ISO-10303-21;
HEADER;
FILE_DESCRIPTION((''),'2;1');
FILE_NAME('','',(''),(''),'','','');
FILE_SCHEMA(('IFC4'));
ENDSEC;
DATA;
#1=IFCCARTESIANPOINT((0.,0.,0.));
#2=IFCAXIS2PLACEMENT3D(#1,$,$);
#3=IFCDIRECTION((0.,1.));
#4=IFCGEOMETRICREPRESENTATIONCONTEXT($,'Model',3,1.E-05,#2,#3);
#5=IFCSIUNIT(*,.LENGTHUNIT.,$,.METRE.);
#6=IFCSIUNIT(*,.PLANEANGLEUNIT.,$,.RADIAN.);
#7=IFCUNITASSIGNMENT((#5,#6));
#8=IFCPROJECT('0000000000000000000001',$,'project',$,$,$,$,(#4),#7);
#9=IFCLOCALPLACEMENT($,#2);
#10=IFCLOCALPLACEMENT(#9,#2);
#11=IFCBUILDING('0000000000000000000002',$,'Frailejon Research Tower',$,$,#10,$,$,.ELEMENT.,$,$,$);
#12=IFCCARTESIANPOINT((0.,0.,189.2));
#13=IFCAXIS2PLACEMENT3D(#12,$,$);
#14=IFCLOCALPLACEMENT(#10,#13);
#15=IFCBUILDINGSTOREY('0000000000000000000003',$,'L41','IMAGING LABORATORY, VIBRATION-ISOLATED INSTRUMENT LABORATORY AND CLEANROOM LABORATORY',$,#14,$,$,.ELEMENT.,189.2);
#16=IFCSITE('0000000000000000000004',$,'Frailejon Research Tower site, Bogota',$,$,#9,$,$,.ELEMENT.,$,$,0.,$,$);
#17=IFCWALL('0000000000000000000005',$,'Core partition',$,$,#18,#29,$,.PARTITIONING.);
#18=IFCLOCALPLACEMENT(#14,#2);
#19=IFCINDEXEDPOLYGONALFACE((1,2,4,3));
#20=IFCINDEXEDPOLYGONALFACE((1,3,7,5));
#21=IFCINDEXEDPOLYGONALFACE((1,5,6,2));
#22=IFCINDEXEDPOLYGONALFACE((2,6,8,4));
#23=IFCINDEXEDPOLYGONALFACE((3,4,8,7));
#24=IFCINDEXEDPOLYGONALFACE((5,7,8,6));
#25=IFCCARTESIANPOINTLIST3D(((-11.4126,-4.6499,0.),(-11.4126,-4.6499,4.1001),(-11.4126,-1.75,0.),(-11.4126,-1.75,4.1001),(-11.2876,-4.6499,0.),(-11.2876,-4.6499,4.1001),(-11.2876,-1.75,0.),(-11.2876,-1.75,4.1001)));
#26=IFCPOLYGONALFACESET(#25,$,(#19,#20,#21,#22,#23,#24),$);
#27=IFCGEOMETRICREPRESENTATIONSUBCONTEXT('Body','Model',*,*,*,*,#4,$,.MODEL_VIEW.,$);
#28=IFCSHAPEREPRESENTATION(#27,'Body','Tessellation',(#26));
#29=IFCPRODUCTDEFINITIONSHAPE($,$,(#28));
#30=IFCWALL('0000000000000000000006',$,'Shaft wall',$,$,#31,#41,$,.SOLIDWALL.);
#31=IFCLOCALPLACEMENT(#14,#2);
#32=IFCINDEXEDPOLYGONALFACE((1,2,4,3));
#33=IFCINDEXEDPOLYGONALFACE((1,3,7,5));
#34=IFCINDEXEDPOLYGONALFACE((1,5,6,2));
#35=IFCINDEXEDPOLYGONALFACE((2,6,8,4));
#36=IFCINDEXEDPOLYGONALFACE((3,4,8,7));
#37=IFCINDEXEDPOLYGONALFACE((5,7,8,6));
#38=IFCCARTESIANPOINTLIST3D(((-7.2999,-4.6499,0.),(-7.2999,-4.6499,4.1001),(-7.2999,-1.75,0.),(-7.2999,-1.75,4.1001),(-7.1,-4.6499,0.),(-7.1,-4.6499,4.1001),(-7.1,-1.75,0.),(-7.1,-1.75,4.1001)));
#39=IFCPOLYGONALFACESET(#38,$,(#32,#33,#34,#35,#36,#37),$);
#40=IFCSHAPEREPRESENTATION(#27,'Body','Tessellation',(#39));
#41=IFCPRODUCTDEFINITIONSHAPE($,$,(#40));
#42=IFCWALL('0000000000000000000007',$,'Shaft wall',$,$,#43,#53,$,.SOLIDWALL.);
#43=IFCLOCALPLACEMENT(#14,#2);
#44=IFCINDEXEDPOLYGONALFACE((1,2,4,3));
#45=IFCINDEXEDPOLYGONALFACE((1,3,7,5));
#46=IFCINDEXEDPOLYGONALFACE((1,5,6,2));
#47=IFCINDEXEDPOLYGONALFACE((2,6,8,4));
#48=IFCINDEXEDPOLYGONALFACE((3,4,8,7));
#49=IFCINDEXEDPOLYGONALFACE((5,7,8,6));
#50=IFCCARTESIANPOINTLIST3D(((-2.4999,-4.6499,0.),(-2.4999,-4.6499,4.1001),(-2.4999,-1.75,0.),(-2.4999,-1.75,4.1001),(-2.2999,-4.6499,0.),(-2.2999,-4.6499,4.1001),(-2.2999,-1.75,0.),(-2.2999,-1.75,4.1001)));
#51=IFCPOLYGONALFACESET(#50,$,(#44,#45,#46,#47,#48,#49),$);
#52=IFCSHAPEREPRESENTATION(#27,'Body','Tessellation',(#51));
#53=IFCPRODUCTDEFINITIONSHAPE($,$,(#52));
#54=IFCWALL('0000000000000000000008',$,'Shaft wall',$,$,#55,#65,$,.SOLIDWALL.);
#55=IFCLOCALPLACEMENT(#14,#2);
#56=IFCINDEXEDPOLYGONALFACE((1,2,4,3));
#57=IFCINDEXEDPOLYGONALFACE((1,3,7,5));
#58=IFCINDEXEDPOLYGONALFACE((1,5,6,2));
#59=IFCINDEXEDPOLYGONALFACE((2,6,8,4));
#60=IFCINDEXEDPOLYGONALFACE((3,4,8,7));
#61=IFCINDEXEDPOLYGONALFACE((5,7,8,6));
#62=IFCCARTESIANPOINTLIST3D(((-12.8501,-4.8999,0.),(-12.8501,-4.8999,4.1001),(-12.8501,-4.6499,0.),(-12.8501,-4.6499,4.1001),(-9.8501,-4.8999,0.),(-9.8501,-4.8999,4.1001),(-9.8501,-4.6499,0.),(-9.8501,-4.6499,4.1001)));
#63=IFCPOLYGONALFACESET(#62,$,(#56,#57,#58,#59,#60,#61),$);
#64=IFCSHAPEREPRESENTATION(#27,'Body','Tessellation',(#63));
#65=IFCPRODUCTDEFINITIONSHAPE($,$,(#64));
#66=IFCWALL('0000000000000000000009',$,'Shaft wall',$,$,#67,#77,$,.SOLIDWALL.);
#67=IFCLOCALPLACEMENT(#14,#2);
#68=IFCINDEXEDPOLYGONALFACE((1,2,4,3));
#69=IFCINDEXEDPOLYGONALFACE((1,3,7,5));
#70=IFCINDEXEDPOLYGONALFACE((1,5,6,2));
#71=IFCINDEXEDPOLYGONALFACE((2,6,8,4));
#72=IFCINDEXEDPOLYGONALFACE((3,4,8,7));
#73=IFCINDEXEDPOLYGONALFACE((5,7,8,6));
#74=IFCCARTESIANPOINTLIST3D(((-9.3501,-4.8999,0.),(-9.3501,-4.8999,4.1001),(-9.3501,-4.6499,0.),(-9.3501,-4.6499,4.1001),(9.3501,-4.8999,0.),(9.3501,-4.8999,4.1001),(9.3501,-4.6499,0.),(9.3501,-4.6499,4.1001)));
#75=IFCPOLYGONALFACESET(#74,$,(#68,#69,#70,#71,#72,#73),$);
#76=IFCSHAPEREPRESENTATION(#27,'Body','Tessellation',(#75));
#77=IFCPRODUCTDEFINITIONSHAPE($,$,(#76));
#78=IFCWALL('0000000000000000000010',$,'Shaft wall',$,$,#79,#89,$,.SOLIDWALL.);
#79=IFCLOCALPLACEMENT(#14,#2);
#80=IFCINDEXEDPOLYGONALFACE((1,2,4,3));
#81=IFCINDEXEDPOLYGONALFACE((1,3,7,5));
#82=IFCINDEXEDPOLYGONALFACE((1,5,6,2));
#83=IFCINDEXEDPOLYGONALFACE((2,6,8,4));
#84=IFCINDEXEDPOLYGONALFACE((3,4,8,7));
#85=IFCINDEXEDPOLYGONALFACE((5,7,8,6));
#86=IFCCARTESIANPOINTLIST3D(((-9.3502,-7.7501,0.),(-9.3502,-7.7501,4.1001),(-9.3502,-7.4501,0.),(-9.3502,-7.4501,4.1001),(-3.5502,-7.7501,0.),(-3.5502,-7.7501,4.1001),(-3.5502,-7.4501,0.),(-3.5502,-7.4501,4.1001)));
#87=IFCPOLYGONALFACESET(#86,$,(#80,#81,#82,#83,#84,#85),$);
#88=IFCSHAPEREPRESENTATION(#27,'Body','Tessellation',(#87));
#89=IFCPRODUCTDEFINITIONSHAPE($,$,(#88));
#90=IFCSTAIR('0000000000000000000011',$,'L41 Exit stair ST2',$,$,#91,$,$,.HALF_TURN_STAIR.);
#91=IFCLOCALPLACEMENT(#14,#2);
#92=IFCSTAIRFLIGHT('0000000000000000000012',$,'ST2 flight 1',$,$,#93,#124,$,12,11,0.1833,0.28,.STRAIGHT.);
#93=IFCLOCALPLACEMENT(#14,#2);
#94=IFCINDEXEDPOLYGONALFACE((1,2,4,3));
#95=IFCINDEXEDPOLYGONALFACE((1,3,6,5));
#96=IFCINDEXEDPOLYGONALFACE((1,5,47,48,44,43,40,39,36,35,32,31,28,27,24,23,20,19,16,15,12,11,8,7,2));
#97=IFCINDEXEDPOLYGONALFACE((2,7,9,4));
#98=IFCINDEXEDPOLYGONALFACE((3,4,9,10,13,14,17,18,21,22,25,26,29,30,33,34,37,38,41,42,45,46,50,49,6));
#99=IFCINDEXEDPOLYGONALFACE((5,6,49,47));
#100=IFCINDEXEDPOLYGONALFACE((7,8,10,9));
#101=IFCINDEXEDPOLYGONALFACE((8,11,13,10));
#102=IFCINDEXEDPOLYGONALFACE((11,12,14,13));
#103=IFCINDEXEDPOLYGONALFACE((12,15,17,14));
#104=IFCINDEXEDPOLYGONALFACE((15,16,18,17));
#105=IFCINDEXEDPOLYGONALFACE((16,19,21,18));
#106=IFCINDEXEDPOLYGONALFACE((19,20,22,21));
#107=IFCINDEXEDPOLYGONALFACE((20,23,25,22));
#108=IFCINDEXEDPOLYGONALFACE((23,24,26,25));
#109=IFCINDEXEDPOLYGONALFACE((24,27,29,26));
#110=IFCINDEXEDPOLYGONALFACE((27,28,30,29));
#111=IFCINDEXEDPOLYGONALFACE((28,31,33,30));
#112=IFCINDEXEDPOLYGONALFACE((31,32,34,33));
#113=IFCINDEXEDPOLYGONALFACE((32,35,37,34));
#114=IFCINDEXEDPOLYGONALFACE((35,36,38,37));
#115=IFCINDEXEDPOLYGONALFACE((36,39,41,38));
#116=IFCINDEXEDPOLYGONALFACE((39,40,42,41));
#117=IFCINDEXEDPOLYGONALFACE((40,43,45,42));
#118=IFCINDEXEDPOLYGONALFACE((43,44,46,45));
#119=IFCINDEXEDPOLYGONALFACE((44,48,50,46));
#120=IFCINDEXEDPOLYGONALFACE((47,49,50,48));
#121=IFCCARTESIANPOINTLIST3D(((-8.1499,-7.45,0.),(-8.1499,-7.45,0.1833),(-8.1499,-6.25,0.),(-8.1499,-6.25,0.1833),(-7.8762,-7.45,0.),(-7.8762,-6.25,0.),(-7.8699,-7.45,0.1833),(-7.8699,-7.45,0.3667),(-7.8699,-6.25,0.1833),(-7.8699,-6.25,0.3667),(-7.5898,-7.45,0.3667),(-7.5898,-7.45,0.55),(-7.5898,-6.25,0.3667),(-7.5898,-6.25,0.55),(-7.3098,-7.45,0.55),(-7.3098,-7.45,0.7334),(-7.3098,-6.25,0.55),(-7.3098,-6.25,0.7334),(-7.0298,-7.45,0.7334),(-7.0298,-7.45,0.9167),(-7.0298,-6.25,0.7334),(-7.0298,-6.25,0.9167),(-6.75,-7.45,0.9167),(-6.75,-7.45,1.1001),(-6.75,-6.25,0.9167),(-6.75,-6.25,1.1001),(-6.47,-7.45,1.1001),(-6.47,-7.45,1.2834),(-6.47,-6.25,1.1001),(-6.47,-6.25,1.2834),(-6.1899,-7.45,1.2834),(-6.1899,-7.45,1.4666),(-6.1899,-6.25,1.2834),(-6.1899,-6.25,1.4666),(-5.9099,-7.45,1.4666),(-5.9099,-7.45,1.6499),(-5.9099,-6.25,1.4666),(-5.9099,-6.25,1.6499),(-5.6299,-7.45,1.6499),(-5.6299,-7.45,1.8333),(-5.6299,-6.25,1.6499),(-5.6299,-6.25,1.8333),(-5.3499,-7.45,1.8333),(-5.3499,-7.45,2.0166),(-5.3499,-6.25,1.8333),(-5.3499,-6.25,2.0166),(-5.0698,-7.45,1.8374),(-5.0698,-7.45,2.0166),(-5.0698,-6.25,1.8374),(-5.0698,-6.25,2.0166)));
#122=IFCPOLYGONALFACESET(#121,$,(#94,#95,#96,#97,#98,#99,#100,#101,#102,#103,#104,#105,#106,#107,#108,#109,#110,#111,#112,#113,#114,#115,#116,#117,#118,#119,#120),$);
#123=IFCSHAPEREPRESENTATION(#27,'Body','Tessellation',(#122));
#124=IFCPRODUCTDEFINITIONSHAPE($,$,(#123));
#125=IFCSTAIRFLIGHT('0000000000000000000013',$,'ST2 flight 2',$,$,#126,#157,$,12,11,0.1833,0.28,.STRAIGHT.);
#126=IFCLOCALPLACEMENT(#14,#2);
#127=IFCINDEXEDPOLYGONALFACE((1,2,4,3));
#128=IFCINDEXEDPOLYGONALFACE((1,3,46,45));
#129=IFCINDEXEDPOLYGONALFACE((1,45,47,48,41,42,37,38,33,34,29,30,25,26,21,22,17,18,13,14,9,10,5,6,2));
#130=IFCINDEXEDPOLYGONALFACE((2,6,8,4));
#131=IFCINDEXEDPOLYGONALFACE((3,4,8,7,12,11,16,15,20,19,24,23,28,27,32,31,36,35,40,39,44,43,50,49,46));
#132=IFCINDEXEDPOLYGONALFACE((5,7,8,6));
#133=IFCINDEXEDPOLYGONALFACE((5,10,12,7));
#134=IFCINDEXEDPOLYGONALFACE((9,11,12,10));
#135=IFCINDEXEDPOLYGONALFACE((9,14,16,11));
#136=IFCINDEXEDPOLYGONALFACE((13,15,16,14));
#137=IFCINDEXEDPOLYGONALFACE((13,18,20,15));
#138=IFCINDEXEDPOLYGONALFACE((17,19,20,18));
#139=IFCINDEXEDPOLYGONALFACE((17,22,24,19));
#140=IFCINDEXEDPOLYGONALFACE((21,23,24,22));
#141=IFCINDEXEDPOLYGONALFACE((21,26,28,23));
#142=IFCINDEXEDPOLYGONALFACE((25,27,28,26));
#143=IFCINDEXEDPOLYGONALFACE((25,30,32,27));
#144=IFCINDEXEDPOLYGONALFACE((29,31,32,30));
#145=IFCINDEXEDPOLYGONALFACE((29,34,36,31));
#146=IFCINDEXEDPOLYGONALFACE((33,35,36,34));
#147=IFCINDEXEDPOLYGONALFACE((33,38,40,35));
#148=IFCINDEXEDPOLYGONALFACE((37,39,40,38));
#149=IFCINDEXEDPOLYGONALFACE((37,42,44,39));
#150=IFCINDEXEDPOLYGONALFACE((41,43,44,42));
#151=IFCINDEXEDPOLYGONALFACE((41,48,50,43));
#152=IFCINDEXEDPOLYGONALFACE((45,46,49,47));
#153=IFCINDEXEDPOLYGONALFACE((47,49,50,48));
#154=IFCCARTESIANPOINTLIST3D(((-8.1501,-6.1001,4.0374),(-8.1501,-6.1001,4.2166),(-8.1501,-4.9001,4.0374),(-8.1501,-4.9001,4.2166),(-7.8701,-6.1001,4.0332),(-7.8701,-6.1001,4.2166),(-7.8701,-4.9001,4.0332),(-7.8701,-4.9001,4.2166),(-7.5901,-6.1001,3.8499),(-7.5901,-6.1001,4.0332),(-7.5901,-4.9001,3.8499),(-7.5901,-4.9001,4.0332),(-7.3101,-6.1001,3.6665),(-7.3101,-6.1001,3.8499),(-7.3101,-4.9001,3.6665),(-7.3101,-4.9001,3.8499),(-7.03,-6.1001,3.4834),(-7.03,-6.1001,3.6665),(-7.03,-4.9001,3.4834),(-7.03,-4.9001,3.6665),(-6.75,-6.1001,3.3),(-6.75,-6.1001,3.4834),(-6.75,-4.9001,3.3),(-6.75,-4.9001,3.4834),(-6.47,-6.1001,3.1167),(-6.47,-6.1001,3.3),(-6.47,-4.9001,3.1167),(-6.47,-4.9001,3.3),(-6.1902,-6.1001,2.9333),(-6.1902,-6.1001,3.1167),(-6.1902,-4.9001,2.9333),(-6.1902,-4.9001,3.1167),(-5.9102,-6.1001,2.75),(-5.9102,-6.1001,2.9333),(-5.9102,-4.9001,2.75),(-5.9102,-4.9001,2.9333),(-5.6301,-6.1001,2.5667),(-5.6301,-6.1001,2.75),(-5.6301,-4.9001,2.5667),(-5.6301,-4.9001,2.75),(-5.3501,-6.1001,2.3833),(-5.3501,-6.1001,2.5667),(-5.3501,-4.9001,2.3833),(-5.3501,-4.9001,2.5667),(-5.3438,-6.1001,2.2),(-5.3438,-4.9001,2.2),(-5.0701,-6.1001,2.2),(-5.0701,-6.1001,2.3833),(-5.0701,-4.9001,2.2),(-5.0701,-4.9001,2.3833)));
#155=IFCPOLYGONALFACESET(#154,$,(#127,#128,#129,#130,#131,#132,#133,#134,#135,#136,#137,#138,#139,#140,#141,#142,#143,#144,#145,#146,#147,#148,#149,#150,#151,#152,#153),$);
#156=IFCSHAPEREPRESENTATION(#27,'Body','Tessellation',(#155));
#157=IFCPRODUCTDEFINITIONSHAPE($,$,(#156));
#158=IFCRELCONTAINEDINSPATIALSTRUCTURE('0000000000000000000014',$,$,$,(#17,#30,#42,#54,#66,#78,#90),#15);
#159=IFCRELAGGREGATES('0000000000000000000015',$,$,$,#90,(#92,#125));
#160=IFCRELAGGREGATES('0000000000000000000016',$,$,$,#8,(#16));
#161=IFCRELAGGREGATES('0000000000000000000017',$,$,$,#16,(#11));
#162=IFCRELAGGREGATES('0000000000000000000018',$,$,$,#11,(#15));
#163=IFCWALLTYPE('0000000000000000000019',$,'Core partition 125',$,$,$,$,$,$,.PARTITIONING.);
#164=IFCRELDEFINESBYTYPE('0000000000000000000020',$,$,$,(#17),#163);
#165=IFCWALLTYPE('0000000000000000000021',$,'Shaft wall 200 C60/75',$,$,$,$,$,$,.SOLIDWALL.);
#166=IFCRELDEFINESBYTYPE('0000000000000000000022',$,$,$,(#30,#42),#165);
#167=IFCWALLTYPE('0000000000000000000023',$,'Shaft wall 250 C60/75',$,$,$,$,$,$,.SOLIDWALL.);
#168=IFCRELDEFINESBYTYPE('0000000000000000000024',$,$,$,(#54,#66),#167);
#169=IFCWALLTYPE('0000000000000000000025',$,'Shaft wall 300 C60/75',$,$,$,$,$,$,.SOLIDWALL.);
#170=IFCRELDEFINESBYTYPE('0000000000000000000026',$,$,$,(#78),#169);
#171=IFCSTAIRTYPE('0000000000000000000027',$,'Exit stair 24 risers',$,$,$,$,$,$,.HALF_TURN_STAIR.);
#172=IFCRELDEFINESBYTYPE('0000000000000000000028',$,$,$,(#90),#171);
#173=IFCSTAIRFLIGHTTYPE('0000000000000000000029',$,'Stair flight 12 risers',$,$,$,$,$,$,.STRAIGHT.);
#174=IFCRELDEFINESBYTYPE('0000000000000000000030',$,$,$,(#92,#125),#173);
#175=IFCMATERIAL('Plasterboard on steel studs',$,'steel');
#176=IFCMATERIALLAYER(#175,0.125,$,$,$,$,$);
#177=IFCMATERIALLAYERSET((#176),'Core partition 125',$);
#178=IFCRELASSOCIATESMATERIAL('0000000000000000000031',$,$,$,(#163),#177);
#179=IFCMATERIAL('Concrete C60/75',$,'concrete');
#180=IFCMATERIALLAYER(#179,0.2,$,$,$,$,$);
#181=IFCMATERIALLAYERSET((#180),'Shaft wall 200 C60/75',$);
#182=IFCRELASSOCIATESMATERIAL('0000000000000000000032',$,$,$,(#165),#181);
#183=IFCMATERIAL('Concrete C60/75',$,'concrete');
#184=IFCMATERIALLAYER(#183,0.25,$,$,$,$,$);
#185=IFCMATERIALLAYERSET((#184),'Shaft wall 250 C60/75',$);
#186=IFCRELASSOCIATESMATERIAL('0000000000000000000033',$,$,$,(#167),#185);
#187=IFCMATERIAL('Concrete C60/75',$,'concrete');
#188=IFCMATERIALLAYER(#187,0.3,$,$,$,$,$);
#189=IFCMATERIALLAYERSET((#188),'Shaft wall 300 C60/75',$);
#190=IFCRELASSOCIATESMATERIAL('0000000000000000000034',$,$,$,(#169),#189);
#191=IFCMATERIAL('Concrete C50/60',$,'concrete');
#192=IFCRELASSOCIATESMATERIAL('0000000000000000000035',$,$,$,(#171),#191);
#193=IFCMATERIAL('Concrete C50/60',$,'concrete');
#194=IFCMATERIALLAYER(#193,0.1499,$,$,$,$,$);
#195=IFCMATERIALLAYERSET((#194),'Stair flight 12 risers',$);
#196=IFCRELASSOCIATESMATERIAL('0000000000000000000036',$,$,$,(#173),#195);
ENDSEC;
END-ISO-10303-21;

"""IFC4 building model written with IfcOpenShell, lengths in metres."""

from ifc_helpers import new_model, si_unit, direction, frame, frame_2d, origin, place, context, subcontext, project, spatial, polyline, rectangle, outline, extrude, material, layer, layer_set, type_object, element, aggregate, save


model = new_model("IFC4")

# Units and contexts
model_context = context("Model", 3, precision=1e-05, world=origin(), true_north=direction((0.0, 1.0)))
body_context = subcontext(model_context, "Body", "Model", "MODEL_VIEW")
ifc_project = project(units=[si_unit("LENGTHUNIT", "METRE"), si_unit("PLANEANGLEUNIT", "RADIAN")], contexts=[model_context])

# Site, building, storey
site_placement = place(None, origin())
site = spatial("IfcSite", under=ifc_project, at=site_placement, Name="Frailejon Research Tower site, Bogota", CompositionType="ELEMENT", RefElevation=0.0)
building_placement = place(site_placement, origin())
building = spatial("IfcBuilding", under=site, at=building_placement, Name="Frailejon Research Tower", CompositionType="ELEMENT")
storey_placement = place(building_placement, frame((0.0, 0.0, 189.2)))
storey = spatial("IfcBuildingStorey", under=building, at=storey_placement, Name="L41", Description="IMAGING LABORATORY, VIBRATION-ISOLATED INSTRUMENT LABORATORY AND CLEANROOM LABORATORY", CompositionType="ELEMENT", Elevation=189.2)

# Walls
ifc_material_1 = material(Name="Plasterboard on steel studs", Category="steel")
ifc_layer_1 = layer(ifc_material_1, 0.125)
ifc_layer_set_1 = layer_set([ifc_layer_1], Name="Core partition 125")
wall_type_1 = type_object("IfcWallType", Name="Core partition 125", PredefinedType="PARTITIONING", material=ifc_layer_set_1)
wall_1_placement = place(storey_placement, frame((-11.3501, -4.6499, 0.0), z_axis=(0.0, 0.0, 1.0), x_axis=(0.0, 1.0, 0.0)))
element("IfcWall", 1, at=wall_1_placement, inside=storey, type_object=wall_type_1, Name="Core partition", PredefinedType="PARTITIONING", context=body_context, shape_type="SweptSolid", body=[
    extrude(rectangle(XDim=2.8999, YDim=0.125, at=frame_2d((1.45, 0.0))), origin(), (0.0, 0.0, 1.0), 4.1001),
])
ifc_material_2 = material(Name="Concrete C60/75", Category="concrete")
ifc_layer_2 = layer(ifc_material_2, 0.2)
ifc_layer_set_2 = layer_set([ifc_layer_2], Name="Shaft wall 200 C60/75")
wall_type_2 = type_object("IfcWallType", Name="Shaft wall 200 C60/75", PredefinedType="SOLIDWALL", material=ifc_layer_set_2)
for number, where, z_axis, x_axis, name in (
    (2, (-7.2, -4.6499, 0.0), (0.0, 0.0, 1.0), (0.0, 1.0, 0.0), "Shaft wall"),
    (3, (-2.3999, -4.6499, 0.0), (0.0, 0.0, 1.0), (0.0, 1.0, 0.0), "Shaft wall"),
):
    element("IfcWall", number, at=place(storey_placement, frame(where, z_axis=z_axis, x_axis=x_axis)), inside=storey, type_object=wall_type_2, Name=name, PredefinedType="SOLIDWALL", context=body_context, shape_type="SweptSolid", body=[
        extrude(rectangle(XDim=2.8999, YDim=0.2, at=frame_2d((1.45, 0.0))), origin(), (0.0, 0.0, 1.0), 4.1001),
    ])
ifc_material_3 = material(Name="Concrete C60/75", Category="concrete")
ifc_layer_3 = layer(ifc_material_3, 0.25)
ifc_layer_set_3 = layer_set([ifc_layer_3], Name="Shaft wall 250 C60/75")
wall_type_3 = type_object("IfcWallType", Name="Shaft wall 250 C60/75", PredefinedType="SOLIDWALL", material=ifc_layer_set_3)
wall_2_placement = place(storey_placement, frame((-12.8501, -4.7749, 0.0), z_axis=(0.0, 0.0, 1.0), x_axis=(1.0, 0.0, 0.0)))
element("IfcWall", 4, at=wall_2_placement, inside=storey, type_object=wall_type_3, Name="Shaft wall", PredefinedType="SOLIDWALL", context=body_context, shape_type="SweptSolid", body=[
    extrude(rectangle(XDim=3.0, YDim=0.25, at=frame_2d((1.5, 0.0))), origin(), (0.0, 0.0, 1.0), 4.1001),
])
wall_3_placement = place(storey_placement, frame((-9.3501, -4.7749, 0.0), z_axis=(0.0, 0.0, 1.0), x_axis=(1.0, 0.0, 0.0)))
element("IfcWall", 5, at=wall_3_placement, inside=storey, type_object=wall_type_3, Name="Shaft wall", PredefinedType="SOLIDWALL", context=body_context, shape_type="SweptSolid", body=[
    extrude(rectangle(XDim=18.7002, YDim=0.25, at=frame_2d((9.3501, 0.0))), origin(), (0.0, 0.0, 1.0), 4.1001),
])
ifc_material_4 = material(Name="Concrete C60/75", Category="concrete")
ifc_layer_4 = layer(ifc_material_4, 0.3)
ifc_layer_set_4 = layer_set([ifc_layer_4], Name="Shaft wall 300 C60/75")
wall_type_4 = type_object("IfcWallType", Name="Shaft wall 300 C60/75", PredefinedType="SOLIDWALL", material=ifc_layer_set_4)
wall_4_placement = place(storey_placement, frame((-9.3501, -7.6001, 0.0), z_axis=(0.0, 0.0, 1.0), x_axis=(1.0, 0.0, 0.0)))
element("IfcWall", 6, at=wall_4_placement, inside=storey, type_object=wall_type_4, Name="Shaft wall", PredefinedType="SOLIDWALL", context=body_context, shape_type="SweptSolid", body=[
    extrude(rectangle(XDim=5.8, YDim=0.3, at=frame_2d((2.8999, 0.0))), origin(), (0.0, 0.0, 1.0), 4.1001),
])

# Stair, stair flights
ifc_material_5 = material(Name="Concrete C50/60", Category="concrete")
stair_type = type_object("IfcStairType", Name="Exit stair 24 risers", PredefinedType="HALF_TURN_STAIR", material=ifc_material_5)
stair_placement = place(storey_placement, origin())
stair = element("IfcStair", 7, at=stair_placement, inside=storey, type_object=stair_type, Name="L41 Exit stair ST2", PredefinedType="HALF_TURN_STAIR")
ifc_material_6 = material(Name="Concrete C50/60", Category="concrete")
ifc_layer_5 = layer(ifc_material_6, 0.1499)
ifc_layer_set_5 = layer_set([ifc_layer_5], Name="Stair flight 12 risers")
stair_flight_type = type_object("IfcStairFlightType", Name="Stair flight 12 risers", PredefinedType="STRAIGHT", material=ifc_layer_set_5)
stair_flight_1_placement = place(storey_placement, frame((-8.1499, -6.8501, 0.0), z_axis=(0.0, 0.0, 1.0), x_axis=(1.0, 0.0, 0.0)))
stair_flight_1 = element("IfcStairFlight", 8, at=stair_flight_1_placement, type_object=stair_flight_type, Name="ST2 flight 1", NumberOfRisers=12, NumberOfTreads=11, PredefinedType="STRAIGHT", RiserHeight=0.1833, TreadLength=0.28, context=body_context, shape_type="SweptSolid", body=[
    extrude(outline(polyline([(0.0, 0.0), (0.0, 0.1833), (0.28, 0.1833), (0.28, 0.3667), (0.5601, 0.3667), (0.5601, 0.55), (0.8401, 0.55), (0.8401, 0.7334), (1.1201, 0.7334), (1.1201, 0.9167), (1.3999, 0.9167), (1.3999, 1.1001), (1.6799, 1.1001), (1.6799, 1.2834), (1.96, 1.2834), (1.96, 1.4666), (2.24, 1.4666), (2.24, 1.6499), (2.52, 1.6499), (2.52, 1.8333), (2.8, 1.8333), (2.8, 2.0166), (3.0801, 2.0166), (3.0801, 2.2), (3.0801, 1.8374), (0.2737, 0.0), (0.0, 0.0)])), frame((0.0, 0.6001, 0.0), z_axis=(0.0, -1.0, 0.0), x_axis=(1.0, 0.0, 0.0)), (0.0, 0.0, 1.0), 1.2),
])
stair_flight_2_placement = place(storey_placement, frame((-5.0701, -5.5, 2.2), z_axis=(0.0, 0.0, 1.0), x_axis=(-1.0, 0.0, 0.0)))
stair_flight_2 = element("IfcStairFlight", 9, at=stair_flight_2_placement, type_object=stair_flight_type, Name="ST2 flight 2", NumberOfRisers=12, NumberOfTreads=11, PredefinedType="STRAIGHT", RiserHeight=0.1833, TreadLength=0.28, context=body_context, shape_type="SweptSolid", body=[
    extrude(outline(polyline([(0.0, 0.0), (0.0, 0.1833), (0.28, 0.1833), (0.28, 0.3667), (0.5601, 0.3667), (0.5601, 0.55), (0.8401, 0.55), (0.8401, 0.7334), (1.1201, 0.7334), (1.1201, 0.9167), (1.3999, 0.9167), (1.3999, 1.1001), (1.6799, 1.1001), (1.6799, 1.2834), (1.96, 1.2834), (1.96, 1.4666), (2.24, 1.4666), (2.24, 1.6499), (2.52, 1.6499), (2.52, 1.8333), (2.8, 1.8333), (2.8, 2.0166), (3.0801, 2.0166), (3.0801, 2.2), (3.0801, 1.8374), (0.2737, 0.0), (0.0, 0.0)])), frame((0.0, 0.6001, 0.0), z_axis=(0.0, -1.0, 0.0), x_axis=(1.0, 0.0, 0.0)), (0.0, 0.0, 1.0), 1.2),
])
aggregate(stair, [stair_flight_1, stair_flight_2])

save(model, "model.ifc")
